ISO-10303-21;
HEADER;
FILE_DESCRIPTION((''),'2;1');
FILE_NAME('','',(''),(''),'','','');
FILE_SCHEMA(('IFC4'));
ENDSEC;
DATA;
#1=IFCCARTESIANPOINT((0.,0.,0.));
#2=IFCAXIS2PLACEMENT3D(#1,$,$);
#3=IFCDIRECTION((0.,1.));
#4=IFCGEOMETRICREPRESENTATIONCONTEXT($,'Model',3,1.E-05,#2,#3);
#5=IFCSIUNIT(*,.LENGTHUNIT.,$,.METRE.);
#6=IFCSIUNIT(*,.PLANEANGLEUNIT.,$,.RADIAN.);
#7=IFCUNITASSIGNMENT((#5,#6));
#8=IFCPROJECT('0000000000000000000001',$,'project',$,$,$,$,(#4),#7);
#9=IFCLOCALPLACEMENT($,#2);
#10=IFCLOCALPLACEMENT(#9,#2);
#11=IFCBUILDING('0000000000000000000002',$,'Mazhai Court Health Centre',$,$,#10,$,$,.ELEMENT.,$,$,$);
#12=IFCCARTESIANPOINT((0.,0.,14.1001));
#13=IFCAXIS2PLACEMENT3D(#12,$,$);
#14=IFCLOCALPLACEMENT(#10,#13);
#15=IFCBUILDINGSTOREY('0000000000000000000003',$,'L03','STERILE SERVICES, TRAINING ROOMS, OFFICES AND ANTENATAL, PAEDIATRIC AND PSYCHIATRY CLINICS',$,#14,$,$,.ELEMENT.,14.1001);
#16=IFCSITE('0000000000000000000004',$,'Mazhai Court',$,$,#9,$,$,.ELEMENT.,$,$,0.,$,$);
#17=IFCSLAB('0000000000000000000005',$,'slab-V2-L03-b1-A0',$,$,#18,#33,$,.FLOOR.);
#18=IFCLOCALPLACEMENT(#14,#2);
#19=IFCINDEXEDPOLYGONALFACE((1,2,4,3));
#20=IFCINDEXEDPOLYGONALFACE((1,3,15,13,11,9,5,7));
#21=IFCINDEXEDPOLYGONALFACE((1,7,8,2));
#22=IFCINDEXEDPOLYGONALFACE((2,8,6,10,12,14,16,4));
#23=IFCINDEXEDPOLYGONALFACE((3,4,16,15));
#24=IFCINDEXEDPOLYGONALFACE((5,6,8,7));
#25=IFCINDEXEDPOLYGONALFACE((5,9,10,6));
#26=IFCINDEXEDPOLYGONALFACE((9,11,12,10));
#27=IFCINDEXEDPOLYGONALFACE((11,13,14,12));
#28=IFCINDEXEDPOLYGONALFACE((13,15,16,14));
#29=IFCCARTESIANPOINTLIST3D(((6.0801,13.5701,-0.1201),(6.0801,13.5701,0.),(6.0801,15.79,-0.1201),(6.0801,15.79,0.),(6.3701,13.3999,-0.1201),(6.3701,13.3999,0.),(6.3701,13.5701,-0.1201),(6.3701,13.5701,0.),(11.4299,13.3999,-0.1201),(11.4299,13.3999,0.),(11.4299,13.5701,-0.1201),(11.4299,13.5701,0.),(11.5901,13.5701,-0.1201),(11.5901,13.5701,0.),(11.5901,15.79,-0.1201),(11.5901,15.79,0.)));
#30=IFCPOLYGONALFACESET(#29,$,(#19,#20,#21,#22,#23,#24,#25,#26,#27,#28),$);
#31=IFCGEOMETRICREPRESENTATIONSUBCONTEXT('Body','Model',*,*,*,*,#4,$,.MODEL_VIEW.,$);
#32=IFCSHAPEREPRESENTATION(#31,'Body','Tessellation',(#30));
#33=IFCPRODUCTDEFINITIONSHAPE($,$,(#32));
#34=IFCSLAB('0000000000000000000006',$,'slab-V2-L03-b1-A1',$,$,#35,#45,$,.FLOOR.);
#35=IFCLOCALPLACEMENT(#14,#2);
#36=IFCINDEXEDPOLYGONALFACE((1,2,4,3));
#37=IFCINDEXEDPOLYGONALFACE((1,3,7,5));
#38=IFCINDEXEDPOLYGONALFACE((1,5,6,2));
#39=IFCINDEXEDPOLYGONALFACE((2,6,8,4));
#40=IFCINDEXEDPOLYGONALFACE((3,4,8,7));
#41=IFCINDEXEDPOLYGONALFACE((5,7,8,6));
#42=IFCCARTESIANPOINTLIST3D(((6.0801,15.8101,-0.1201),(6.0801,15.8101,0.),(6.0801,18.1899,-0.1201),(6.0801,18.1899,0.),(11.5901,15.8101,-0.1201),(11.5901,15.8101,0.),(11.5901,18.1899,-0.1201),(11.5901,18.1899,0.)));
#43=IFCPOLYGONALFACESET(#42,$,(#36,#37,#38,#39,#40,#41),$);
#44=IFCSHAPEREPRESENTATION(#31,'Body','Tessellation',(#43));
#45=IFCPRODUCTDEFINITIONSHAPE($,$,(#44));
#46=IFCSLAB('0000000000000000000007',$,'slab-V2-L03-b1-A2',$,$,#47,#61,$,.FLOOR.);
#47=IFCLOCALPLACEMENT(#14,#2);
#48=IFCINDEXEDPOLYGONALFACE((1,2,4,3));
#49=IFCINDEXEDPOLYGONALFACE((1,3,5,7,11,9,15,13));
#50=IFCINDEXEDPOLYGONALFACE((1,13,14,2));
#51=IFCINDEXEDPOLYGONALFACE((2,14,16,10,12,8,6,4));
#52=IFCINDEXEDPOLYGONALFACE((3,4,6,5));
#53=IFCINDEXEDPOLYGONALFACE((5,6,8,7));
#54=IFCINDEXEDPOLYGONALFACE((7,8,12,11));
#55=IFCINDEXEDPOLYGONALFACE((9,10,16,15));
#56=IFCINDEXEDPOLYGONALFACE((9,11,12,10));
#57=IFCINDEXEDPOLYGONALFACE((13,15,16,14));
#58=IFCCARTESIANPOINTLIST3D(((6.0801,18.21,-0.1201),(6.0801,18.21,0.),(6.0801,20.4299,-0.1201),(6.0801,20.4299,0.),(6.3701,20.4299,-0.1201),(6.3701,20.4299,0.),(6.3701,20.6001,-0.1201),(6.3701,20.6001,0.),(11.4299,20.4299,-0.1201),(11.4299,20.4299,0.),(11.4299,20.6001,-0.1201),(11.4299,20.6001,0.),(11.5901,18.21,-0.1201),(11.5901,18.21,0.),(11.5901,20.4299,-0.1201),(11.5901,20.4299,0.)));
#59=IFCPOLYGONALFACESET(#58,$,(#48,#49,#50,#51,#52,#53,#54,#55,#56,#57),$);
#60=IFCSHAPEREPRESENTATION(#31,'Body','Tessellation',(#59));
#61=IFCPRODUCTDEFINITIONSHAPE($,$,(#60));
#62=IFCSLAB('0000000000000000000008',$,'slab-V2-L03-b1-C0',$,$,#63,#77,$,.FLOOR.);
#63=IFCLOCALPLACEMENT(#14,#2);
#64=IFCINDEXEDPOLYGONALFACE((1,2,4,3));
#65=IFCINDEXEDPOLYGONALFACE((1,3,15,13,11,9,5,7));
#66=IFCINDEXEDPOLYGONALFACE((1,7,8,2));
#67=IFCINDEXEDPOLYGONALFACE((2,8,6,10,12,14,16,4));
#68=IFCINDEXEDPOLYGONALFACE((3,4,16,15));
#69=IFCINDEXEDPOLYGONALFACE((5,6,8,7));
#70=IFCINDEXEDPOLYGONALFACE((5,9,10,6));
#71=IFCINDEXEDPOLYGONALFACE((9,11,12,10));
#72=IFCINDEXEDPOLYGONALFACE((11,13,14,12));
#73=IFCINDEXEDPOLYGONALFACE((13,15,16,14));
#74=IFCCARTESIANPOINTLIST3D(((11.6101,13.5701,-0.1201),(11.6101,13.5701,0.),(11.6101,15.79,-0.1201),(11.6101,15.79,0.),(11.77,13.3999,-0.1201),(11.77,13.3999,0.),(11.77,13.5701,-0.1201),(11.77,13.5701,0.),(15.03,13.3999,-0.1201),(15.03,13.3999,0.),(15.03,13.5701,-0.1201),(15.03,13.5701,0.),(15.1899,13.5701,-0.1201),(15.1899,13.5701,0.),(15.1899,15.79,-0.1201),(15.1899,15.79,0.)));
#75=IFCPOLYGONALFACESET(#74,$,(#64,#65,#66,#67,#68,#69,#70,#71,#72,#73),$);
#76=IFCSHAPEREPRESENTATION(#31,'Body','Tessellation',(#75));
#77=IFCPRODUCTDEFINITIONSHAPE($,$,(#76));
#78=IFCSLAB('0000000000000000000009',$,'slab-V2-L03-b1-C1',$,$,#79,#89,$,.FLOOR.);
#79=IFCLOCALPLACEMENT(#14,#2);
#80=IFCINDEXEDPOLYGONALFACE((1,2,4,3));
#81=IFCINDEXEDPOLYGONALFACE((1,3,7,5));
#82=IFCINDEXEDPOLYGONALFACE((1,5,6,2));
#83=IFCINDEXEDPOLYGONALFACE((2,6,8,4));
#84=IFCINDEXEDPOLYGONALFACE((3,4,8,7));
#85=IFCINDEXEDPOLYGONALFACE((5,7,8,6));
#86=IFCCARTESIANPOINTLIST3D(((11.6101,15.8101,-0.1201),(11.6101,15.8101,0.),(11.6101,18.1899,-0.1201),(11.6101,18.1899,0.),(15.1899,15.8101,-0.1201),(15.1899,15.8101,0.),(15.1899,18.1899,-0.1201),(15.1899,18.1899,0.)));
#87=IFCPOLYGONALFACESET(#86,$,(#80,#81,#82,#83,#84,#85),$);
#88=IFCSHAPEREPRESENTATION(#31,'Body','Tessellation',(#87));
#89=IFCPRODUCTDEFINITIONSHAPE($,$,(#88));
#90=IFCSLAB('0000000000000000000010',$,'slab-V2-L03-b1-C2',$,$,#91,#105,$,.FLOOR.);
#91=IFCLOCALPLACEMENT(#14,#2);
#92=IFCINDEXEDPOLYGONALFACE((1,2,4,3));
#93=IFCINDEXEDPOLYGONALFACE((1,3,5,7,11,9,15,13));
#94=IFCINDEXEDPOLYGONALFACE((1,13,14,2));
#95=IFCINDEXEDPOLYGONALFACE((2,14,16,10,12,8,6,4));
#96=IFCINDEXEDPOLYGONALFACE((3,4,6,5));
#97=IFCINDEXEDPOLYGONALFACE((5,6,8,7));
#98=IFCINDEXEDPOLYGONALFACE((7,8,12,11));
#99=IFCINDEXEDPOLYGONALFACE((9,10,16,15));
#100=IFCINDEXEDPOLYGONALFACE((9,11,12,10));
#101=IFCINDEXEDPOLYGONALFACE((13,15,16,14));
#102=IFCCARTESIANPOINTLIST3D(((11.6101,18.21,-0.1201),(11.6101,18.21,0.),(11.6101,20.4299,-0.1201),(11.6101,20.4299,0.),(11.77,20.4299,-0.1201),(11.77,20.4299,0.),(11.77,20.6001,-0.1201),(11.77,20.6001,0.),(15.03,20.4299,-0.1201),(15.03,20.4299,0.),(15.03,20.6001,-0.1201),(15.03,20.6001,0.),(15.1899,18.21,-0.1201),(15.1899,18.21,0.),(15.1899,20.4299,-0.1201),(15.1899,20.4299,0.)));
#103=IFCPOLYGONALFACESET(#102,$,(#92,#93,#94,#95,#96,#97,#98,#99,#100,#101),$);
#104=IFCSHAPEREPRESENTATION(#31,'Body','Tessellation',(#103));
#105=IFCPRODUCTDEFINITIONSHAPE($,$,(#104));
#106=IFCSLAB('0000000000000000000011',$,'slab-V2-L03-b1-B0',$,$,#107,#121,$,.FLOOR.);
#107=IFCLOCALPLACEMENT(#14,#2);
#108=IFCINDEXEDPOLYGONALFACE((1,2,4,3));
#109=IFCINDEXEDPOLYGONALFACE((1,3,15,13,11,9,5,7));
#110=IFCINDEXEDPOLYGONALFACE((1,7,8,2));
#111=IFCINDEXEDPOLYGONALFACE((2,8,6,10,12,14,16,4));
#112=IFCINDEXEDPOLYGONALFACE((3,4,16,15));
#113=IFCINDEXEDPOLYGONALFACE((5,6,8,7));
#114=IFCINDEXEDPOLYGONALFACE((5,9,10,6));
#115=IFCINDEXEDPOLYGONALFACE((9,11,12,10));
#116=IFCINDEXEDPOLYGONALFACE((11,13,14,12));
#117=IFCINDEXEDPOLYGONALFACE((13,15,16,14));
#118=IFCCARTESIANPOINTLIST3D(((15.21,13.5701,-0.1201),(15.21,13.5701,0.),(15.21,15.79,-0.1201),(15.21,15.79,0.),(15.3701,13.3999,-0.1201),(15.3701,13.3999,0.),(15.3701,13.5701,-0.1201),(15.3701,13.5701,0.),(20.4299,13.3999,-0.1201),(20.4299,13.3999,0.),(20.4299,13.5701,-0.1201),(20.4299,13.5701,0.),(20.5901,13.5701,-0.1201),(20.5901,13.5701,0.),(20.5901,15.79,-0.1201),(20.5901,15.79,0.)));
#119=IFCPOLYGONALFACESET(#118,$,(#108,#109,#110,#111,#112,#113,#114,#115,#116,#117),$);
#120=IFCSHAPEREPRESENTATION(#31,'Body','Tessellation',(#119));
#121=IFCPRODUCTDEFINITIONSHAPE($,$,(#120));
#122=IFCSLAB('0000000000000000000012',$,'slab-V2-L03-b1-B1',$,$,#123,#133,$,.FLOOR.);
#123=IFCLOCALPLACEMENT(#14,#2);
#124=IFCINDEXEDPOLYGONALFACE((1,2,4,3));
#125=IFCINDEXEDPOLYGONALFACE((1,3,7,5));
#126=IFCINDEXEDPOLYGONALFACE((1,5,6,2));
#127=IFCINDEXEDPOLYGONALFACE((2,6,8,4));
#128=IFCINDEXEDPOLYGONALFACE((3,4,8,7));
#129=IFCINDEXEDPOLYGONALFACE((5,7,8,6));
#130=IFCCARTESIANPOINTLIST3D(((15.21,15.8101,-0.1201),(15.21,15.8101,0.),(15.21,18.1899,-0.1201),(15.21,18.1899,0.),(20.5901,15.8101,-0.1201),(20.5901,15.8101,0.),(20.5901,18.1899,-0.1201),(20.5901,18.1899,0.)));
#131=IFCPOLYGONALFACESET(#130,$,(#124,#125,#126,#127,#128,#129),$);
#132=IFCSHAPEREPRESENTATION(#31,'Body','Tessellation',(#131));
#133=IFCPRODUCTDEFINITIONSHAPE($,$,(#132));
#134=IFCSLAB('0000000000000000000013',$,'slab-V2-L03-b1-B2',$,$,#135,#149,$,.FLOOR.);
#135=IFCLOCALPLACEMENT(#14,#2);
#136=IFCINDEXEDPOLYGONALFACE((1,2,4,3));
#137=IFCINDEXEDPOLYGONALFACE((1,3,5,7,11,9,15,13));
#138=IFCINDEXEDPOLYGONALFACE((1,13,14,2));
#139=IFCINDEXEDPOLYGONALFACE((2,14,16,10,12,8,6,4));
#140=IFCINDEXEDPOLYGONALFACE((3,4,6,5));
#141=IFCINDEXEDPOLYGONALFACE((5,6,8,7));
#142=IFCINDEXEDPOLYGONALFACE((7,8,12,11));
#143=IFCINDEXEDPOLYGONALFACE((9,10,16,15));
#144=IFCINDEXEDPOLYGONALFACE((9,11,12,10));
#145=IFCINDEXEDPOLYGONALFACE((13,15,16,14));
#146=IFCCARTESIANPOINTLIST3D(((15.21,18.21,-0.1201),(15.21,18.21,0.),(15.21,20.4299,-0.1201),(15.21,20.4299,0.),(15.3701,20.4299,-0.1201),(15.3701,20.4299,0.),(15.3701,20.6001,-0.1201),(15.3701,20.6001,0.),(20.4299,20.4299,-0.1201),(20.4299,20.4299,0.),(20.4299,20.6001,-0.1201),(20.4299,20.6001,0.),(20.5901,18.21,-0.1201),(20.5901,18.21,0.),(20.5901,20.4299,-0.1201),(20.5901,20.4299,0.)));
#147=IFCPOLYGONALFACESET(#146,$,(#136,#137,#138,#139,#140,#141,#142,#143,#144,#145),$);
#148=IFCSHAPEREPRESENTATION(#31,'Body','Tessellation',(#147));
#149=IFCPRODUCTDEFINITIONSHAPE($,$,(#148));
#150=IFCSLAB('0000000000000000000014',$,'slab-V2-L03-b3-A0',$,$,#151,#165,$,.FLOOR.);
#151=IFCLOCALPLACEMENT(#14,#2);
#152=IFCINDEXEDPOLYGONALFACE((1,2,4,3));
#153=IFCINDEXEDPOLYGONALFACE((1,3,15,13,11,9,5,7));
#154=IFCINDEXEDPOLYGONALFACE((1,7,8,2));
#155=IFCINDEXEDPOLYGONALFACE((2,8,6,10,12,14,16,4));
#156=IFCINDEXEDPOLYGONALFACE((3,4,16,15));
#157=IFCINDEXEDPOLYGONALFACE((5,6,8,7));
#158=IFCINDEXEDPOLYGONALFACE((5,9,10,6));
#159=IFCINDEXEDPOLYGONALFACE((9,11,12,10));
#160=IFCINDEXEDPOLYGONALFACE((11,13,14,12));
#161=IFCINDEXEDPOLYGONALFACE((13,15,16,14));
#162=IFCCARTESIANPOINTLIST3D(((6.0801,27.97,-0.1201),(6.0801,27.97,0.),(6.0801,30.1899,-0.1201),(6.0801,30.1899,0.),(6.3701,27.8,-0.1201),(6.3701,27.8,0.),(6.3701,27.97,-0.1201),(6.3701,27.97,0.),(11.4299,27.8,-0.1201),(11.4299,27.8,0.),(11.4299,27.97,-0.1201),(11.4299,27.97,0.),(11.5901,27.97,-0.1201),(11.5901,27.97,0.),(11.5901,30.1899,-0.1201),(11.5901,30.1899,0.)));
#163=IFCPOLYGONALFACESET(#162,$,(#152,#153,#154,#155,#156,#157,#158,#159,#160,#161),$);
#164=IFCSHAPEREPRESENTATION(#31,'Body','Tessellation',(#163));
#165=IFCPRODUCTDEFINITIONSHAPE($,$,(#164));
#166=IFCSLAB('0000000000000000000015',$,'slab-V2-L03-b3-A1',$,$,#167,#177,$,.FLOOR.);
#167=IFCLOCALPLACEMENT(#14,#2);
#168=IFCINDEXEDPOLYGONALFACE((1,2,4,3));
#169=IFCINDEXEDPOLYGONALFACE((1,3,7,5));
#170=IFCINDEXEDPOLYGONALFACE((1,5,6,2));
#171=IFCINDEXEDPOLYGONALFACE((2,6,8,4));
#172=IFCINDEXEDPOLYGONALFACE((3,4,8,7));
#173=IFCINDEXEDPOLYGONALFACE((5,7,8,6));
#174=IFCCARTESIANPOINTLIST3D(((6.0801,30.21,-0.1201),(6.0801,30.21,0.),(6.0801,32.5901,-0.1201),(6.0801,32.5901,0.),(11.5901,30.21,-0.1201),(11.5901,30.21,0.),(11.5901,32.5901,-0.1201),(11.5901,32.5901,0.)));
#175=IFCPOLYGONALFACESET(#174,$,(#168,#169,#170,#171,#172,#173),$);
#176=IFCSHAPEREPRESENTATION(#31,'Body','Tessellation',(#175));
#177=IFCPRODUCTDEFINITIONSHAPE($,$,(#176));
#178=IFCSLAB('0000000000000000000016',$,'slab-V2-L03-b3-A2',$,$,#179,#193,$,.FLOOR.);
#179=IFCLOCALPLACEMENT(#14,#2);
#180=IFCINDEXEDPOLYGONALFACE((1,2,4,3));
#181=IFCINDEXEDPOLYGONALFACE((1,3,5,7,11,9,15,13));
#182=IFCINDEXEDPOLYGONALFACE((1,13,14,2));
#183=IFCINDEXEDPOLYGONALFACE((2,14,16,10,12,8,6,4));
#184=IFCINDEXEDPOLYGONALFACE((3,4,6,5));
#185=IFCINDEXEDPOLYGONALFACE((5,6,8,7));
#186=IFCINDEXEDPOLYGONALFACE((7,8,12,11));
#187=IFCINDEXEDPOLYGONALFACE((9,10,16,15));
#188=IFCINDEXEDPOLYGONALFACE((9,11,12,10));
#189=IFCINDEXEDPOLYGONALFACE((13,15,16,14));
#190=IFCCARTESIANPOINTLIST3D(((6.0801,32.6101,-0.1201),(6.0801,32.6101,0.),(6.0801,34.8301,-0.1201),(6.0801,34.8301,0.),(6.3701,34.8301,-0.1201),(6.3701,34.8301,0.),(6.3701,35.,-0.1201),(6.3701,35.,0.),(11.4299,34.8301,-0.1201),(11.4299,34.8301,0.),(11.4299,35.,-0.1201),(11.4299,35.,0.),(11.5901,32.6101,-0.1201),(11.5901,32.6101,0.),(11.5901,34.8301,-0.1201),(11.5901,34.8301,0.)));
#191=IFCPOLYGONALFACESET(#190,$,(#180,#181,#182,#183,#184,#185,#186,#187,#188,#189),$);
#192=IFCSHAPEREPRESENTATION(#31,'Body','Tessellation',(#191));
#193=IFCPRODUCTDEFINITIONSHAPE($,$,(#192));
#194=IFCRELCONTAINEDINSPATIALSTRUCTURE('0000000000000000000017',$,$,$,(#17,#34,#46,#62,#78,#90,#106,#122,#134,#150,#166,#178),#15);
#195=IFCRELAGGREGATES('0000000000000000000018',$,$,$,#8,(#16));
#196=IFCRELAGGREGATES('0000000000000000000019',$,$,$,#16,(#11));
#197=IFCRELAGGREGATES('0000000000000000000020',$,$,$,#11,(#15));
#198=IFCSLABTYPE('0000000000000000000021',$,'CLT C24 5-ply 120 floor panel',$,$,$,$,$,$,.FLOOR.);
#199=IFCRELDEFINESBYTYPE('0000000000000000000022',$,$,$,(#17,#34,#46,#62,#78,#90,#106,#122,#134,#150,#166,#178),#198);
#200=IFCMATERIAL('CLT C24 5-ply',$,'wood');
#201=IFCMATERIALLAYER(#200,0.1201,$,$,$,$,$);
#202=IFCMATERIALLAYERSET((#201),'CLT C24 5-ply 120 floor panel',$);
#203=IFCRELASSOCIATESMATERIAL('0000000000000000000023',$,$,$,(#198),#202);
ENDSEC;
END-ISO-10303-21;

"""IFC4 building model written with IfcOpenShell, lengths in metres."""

from ifc_helpers import new_model, si_unit, direction, frame, origin, place, context, subcontext, project, spatial, polyline, outline, extrude, material, layer, layer_set, type_object, element, save


model = new_model("IFC4")

# Units and contexts
model_context = context("Model", 3, precision=1e-05, world=origin(), true_north=direction((0.0, 1.0)))
body_context = subcontext(model_context, "Body", "Model", "MODEL_VIEW")
ifc_project = project(units=[si_unit("LENGTHUNIT", "METRE"), si_unit("PLANEANGLEUNIT", "RADIAN")], contexts=[model_context])

# Site, building, storey
site_placement = place(None, origin())
site = spatial("IfcSite", under=ifc_project, at=site_placement, Name="Mazhai Court", CompositionType="ELEMENT", RefElevation=0.0)
building_placement = place(site_placement, origin())
building = spatial("IfcBuilding", under=site, at=building_placement, Name="Mazhai Court Health Centre", CompositionType="ELEMENT")
storey_placement = place(building_placement, frame((0.0, 0.0, 14.1001)))
storey = spatial("IfcBuildingStorey", under=building, at=storey_placement, Name="L03", Description="STERILE SERVICES, TRAINING ROOMS, OFFICES AND ANTENATAL, PAEDIATRIC AND PSYCHIATRY CLINICS", CompositionType="ELEMENT", Elevation=14.1001)

# Slabs
ifc_material_1 = material(Name="CLT C24 5-ply", Category="wood")
ifc_layer_1 = layer(ifc_material_1, 0.1201)
ifc_layer_set_1 = layer_set([ifc_layer_1], Name="CLT C24 5-ply 120 floor panel")
slab_type_1 = type_object("IfcSlabType", Name="CLT C24 5-ply 120 floor panel", PredefinedType="FLOOR", material=ifc_layer_set_1)
slab_1_placement = place(storey_placement, frame((0.0, 0.0, -0.1201)))
element("IfcSlab", 1, at=slab_1_placement, inside=storey, type_object=slab_type_1, Name="slab-V2-L03-b1-A0", PredefinedType="FLOOR", context=body_context, shape_type="SweptSolid", body=[
    extrude(outline(polyline([(6.0801, 15.79), (6.0801, 13.5701), (6.3701, 13.5701), (6.3701, 13.3999), (11.4299, 13.3999), (11.4299, 13.5701), (11.5901, 13.5701), (11.5901, 15.79), (6.0801, 15.79)])), origin(), (0.0, 0.0, 1.0), 0.1201),
])
slab_2_placement = place(storey_placement, frame((0.0, 0.0, -0.1201)))
element("IfcSlab", 2, at=slab_2_placement, inside=storey, type_object=slab_type_1, Name="slab-V2-L03-b1-A1", PredefinedType="FLOOR", context=body_context, shape_type="SweptSolid", body=[
    extrude(outline(polyline([(6.0801, 15.8101), (11.5901, 15.8101), (11.5901, 18.1899), (6.0801, 18.1899), (6.0801, 15.8101)])), origin(), (0.0, 0.0, 1.0), 0.1201),
])
slab_3_placement = place(storey_placement, frame((0.0, 0.0, -0.1201)))
element("IfcSlab", 3, at=slab_3_placement, inside=storey, type_object=slab_type_1, Name="slab-V2-L03-b1-A2", PredefinedType="FLOOR", context=body_context, shape_type="SweptSolid", body=[
    extrude(outline(polyline([(11.5901, 18.21), (11.5901, 20.4299), (11.4299, 20.4299), (11.4299, 20.6001), (6.3701, 20.6001), (6.3701, 20.4299), (6.0801, 20.4299), (6.0801, 18.21), (11.5901, 18.21)])), origin(), (0.0, 0.0, 1.0), 0.1201),
])
slab_4_placement = place(storey_placement, frame((0.0, 0.0, -0.1201)))
element("IfcSlab", 4, at=slab_4_placement, inside=storey, type_object=slab_type_1, Name="slab-V2-L03-b1-C0", PredefinedType="FLOOR", context=body_context, shape_type="SweptSolid", body=[
    extrude(outline(polyline([(11.6101, 15.79), (11.6101, 13.5701), (11.77, 13.5701), (11.77, 13.3999), (15.03, 13.3999), (15.03, 13.5701), (15.1899, 13.5701), (15.1899, 15.79), (11.6101, 15.79)])), origin(), (0.0, 0.0, 1.0), 0.1201),
])
slab_5_placement = place(storey_placement, frame((0.0, 0.0, -0.1201)))
element("IfcSlab", 5, at=slab_5_placement, inside=storey, type_object=slab_type_1, Name="slab-V2-L03-b1-C1", PredefinedType="FLOOR", context=body_context, shape_type="SweptSolid", body=[
    extrude(outline(polyline([(11.6101, 15.8101), (15.1899, 15.8101), (15.1899, 18.1899), (11.6101, 18.1899), (11.6101, 15.8101)])), origin(), (0.0, 0.0, 1.0), 0.1201),
])
slab_6_placement = place(storey_placement, frame((0.0, 0.0, -0.1201)))
element("IfcSlab", 6, at=slab_6_placement, inside=storey, type_object=slab_type_1, Name="slab-V2-L03-b1-C2", PredefinedType="FLOOR", context=body_context, shape_type="SweptSolid", body=[
    extrude(outline(polyline([(15.1899, 18.21), (15.1899, 20.4299), (15.03, 20.4299), (15.03, 20.6001), (11.77, 20.6001), (11.77, 20.4299), (11.6101, 20.4299), (11.6101, 18.21), (15.1899, 18.21)])), origin(), (0.0, 0.0, 1.0), 0.1201),
])
slab_7_placement = place(storey_placement, frame((0.0, 0.0, -0.1201)))
element("IfcSlab", 7, at=slab_7_placement, inside=storey, type_object=slab_type_1, Name="slab-V2-L03-b1-B0", PredefinedType="FLOOR", context=body_context, shape_type="SweptSolid", body=[
    extrude(outline(polyline([(15.21, 15.79), (15.21, 13.5701), (15.3701, 13.5701), (15.3701, 13.3999), (20.4299, 13.3999), (20.4299, 13.5701), (20.5901, 13.5701), (20.5901, 15.79), (15.21, 15.79)])), origin(), (0.0, 0.0, 1.0), 0.1201),
])
slab_8_placement = place(storey_placement, frame((0.0, 0.0, -0.1201)))
element("IfcSlab", 8, at=slab_8_placement, inside=storey, type_object=slab_type_1, Name="slab-V2-L03-b1-B1", PredefinedType="FLOOR", context=body_context, shape_type="SweptSolid", body=[
    extrude(outline(polyline([(15.21, 15.8101), (20.5901, 15.8101), (20.5901, 18.1899), (15.21, 18.1899), (15.21, 15.8101)])), origin(), (0.0, 0.0, 1.0), 0.1201),
])
slab_9_placement = place(storey_placement, frame((0.0, 0.0, -0.1201)))
element("IfcSlab", 9, at=slab_9_placement, inside=storey, type_object=slab_type_1, Name="slab-V2-L03-b1-B2", PredefinedType="FLOOR", context=body_context, shape_type="SweptSolid", body=[
    extrude(outline(polyline([(20.5901, 18.21), (20.5901, 20.4299), (20.4299, 20.4299), (20.4299, 20.6001), (15.3701, 20.6001), (15.3701, 20.4299), (15.21, 20.4299), (15.21, 18.21), (20.5901, 18.21)])), origin(), (0.0, 0.0, 1.0), 0.1201),
])
slab_10_placement = place(storey_placement, frame((0.0, 0.0, -0.1201)))
element("IfcSlab", 10, at=slab_10_placement, inside=storey, type_object=slab_type_1, Name="slab-V2-L03-b3-A0", PredefinedType="FLOOR", context=body_context, shape_type="SweptSolid", body=[
    extrude(outline(polyline([(6.0801, 30.1899), (6.0801, 27.97), (6.3701, 27.97), (6.3701, 27.8), (11.4299, 27.8), (11.4299, 27.97), (11.5901, 27.97), (11.5901, 30.1899), (6.0801, 30.1899)])), origin(), (0.0, 0.0, 1.0), 0.1201),
])
slab_11_placement = place(storey_placement, frame((0.0, 0.0, -0.1201)))
element("IfcSlab", 11, at=slab_11_placement, inside=storey, type_object=slab_type_1, Name="slab-V2-L03-b3-A1", PredefinedType="FLOOR", context=body_context, shape_type="SweptSolid", body=[
    extrude(outline(polyline([(6.0801, 30.21), (11.5901, 30.21), (11.5901, 32.5901), (6.0801, 32.5901), (6.0801, 30.21)])), origin(), (0.0, 0.0, 1.0), 0.1201),
])
slab_12_placement = place(storey_placement, frame((0.0, 0.0, -0.1201)))
element("IfcSlab", 12, at=slab_12_placement, inside=storey, type_object=slab_type_1, Name="slab-V2-L03-b3-A2", PredefinedType="FLOOR", context=body_context, shape_type="SweptSolid", body=[
    extrude(outline(polyline([(11.5901, 32.6101), (11.5901, 34.8301), (11.4299, 34.8301), (11.4299, 35.0), (6.3701, 35.0), (6.3701, 34.8301), (6.0801, 34.8301), (6.0801, 32.6101), (11.5901, 32.6101)])), origin(), (0.0, 0.0, 1.0), 0.1201),
])

save(model, "model.ifc")
